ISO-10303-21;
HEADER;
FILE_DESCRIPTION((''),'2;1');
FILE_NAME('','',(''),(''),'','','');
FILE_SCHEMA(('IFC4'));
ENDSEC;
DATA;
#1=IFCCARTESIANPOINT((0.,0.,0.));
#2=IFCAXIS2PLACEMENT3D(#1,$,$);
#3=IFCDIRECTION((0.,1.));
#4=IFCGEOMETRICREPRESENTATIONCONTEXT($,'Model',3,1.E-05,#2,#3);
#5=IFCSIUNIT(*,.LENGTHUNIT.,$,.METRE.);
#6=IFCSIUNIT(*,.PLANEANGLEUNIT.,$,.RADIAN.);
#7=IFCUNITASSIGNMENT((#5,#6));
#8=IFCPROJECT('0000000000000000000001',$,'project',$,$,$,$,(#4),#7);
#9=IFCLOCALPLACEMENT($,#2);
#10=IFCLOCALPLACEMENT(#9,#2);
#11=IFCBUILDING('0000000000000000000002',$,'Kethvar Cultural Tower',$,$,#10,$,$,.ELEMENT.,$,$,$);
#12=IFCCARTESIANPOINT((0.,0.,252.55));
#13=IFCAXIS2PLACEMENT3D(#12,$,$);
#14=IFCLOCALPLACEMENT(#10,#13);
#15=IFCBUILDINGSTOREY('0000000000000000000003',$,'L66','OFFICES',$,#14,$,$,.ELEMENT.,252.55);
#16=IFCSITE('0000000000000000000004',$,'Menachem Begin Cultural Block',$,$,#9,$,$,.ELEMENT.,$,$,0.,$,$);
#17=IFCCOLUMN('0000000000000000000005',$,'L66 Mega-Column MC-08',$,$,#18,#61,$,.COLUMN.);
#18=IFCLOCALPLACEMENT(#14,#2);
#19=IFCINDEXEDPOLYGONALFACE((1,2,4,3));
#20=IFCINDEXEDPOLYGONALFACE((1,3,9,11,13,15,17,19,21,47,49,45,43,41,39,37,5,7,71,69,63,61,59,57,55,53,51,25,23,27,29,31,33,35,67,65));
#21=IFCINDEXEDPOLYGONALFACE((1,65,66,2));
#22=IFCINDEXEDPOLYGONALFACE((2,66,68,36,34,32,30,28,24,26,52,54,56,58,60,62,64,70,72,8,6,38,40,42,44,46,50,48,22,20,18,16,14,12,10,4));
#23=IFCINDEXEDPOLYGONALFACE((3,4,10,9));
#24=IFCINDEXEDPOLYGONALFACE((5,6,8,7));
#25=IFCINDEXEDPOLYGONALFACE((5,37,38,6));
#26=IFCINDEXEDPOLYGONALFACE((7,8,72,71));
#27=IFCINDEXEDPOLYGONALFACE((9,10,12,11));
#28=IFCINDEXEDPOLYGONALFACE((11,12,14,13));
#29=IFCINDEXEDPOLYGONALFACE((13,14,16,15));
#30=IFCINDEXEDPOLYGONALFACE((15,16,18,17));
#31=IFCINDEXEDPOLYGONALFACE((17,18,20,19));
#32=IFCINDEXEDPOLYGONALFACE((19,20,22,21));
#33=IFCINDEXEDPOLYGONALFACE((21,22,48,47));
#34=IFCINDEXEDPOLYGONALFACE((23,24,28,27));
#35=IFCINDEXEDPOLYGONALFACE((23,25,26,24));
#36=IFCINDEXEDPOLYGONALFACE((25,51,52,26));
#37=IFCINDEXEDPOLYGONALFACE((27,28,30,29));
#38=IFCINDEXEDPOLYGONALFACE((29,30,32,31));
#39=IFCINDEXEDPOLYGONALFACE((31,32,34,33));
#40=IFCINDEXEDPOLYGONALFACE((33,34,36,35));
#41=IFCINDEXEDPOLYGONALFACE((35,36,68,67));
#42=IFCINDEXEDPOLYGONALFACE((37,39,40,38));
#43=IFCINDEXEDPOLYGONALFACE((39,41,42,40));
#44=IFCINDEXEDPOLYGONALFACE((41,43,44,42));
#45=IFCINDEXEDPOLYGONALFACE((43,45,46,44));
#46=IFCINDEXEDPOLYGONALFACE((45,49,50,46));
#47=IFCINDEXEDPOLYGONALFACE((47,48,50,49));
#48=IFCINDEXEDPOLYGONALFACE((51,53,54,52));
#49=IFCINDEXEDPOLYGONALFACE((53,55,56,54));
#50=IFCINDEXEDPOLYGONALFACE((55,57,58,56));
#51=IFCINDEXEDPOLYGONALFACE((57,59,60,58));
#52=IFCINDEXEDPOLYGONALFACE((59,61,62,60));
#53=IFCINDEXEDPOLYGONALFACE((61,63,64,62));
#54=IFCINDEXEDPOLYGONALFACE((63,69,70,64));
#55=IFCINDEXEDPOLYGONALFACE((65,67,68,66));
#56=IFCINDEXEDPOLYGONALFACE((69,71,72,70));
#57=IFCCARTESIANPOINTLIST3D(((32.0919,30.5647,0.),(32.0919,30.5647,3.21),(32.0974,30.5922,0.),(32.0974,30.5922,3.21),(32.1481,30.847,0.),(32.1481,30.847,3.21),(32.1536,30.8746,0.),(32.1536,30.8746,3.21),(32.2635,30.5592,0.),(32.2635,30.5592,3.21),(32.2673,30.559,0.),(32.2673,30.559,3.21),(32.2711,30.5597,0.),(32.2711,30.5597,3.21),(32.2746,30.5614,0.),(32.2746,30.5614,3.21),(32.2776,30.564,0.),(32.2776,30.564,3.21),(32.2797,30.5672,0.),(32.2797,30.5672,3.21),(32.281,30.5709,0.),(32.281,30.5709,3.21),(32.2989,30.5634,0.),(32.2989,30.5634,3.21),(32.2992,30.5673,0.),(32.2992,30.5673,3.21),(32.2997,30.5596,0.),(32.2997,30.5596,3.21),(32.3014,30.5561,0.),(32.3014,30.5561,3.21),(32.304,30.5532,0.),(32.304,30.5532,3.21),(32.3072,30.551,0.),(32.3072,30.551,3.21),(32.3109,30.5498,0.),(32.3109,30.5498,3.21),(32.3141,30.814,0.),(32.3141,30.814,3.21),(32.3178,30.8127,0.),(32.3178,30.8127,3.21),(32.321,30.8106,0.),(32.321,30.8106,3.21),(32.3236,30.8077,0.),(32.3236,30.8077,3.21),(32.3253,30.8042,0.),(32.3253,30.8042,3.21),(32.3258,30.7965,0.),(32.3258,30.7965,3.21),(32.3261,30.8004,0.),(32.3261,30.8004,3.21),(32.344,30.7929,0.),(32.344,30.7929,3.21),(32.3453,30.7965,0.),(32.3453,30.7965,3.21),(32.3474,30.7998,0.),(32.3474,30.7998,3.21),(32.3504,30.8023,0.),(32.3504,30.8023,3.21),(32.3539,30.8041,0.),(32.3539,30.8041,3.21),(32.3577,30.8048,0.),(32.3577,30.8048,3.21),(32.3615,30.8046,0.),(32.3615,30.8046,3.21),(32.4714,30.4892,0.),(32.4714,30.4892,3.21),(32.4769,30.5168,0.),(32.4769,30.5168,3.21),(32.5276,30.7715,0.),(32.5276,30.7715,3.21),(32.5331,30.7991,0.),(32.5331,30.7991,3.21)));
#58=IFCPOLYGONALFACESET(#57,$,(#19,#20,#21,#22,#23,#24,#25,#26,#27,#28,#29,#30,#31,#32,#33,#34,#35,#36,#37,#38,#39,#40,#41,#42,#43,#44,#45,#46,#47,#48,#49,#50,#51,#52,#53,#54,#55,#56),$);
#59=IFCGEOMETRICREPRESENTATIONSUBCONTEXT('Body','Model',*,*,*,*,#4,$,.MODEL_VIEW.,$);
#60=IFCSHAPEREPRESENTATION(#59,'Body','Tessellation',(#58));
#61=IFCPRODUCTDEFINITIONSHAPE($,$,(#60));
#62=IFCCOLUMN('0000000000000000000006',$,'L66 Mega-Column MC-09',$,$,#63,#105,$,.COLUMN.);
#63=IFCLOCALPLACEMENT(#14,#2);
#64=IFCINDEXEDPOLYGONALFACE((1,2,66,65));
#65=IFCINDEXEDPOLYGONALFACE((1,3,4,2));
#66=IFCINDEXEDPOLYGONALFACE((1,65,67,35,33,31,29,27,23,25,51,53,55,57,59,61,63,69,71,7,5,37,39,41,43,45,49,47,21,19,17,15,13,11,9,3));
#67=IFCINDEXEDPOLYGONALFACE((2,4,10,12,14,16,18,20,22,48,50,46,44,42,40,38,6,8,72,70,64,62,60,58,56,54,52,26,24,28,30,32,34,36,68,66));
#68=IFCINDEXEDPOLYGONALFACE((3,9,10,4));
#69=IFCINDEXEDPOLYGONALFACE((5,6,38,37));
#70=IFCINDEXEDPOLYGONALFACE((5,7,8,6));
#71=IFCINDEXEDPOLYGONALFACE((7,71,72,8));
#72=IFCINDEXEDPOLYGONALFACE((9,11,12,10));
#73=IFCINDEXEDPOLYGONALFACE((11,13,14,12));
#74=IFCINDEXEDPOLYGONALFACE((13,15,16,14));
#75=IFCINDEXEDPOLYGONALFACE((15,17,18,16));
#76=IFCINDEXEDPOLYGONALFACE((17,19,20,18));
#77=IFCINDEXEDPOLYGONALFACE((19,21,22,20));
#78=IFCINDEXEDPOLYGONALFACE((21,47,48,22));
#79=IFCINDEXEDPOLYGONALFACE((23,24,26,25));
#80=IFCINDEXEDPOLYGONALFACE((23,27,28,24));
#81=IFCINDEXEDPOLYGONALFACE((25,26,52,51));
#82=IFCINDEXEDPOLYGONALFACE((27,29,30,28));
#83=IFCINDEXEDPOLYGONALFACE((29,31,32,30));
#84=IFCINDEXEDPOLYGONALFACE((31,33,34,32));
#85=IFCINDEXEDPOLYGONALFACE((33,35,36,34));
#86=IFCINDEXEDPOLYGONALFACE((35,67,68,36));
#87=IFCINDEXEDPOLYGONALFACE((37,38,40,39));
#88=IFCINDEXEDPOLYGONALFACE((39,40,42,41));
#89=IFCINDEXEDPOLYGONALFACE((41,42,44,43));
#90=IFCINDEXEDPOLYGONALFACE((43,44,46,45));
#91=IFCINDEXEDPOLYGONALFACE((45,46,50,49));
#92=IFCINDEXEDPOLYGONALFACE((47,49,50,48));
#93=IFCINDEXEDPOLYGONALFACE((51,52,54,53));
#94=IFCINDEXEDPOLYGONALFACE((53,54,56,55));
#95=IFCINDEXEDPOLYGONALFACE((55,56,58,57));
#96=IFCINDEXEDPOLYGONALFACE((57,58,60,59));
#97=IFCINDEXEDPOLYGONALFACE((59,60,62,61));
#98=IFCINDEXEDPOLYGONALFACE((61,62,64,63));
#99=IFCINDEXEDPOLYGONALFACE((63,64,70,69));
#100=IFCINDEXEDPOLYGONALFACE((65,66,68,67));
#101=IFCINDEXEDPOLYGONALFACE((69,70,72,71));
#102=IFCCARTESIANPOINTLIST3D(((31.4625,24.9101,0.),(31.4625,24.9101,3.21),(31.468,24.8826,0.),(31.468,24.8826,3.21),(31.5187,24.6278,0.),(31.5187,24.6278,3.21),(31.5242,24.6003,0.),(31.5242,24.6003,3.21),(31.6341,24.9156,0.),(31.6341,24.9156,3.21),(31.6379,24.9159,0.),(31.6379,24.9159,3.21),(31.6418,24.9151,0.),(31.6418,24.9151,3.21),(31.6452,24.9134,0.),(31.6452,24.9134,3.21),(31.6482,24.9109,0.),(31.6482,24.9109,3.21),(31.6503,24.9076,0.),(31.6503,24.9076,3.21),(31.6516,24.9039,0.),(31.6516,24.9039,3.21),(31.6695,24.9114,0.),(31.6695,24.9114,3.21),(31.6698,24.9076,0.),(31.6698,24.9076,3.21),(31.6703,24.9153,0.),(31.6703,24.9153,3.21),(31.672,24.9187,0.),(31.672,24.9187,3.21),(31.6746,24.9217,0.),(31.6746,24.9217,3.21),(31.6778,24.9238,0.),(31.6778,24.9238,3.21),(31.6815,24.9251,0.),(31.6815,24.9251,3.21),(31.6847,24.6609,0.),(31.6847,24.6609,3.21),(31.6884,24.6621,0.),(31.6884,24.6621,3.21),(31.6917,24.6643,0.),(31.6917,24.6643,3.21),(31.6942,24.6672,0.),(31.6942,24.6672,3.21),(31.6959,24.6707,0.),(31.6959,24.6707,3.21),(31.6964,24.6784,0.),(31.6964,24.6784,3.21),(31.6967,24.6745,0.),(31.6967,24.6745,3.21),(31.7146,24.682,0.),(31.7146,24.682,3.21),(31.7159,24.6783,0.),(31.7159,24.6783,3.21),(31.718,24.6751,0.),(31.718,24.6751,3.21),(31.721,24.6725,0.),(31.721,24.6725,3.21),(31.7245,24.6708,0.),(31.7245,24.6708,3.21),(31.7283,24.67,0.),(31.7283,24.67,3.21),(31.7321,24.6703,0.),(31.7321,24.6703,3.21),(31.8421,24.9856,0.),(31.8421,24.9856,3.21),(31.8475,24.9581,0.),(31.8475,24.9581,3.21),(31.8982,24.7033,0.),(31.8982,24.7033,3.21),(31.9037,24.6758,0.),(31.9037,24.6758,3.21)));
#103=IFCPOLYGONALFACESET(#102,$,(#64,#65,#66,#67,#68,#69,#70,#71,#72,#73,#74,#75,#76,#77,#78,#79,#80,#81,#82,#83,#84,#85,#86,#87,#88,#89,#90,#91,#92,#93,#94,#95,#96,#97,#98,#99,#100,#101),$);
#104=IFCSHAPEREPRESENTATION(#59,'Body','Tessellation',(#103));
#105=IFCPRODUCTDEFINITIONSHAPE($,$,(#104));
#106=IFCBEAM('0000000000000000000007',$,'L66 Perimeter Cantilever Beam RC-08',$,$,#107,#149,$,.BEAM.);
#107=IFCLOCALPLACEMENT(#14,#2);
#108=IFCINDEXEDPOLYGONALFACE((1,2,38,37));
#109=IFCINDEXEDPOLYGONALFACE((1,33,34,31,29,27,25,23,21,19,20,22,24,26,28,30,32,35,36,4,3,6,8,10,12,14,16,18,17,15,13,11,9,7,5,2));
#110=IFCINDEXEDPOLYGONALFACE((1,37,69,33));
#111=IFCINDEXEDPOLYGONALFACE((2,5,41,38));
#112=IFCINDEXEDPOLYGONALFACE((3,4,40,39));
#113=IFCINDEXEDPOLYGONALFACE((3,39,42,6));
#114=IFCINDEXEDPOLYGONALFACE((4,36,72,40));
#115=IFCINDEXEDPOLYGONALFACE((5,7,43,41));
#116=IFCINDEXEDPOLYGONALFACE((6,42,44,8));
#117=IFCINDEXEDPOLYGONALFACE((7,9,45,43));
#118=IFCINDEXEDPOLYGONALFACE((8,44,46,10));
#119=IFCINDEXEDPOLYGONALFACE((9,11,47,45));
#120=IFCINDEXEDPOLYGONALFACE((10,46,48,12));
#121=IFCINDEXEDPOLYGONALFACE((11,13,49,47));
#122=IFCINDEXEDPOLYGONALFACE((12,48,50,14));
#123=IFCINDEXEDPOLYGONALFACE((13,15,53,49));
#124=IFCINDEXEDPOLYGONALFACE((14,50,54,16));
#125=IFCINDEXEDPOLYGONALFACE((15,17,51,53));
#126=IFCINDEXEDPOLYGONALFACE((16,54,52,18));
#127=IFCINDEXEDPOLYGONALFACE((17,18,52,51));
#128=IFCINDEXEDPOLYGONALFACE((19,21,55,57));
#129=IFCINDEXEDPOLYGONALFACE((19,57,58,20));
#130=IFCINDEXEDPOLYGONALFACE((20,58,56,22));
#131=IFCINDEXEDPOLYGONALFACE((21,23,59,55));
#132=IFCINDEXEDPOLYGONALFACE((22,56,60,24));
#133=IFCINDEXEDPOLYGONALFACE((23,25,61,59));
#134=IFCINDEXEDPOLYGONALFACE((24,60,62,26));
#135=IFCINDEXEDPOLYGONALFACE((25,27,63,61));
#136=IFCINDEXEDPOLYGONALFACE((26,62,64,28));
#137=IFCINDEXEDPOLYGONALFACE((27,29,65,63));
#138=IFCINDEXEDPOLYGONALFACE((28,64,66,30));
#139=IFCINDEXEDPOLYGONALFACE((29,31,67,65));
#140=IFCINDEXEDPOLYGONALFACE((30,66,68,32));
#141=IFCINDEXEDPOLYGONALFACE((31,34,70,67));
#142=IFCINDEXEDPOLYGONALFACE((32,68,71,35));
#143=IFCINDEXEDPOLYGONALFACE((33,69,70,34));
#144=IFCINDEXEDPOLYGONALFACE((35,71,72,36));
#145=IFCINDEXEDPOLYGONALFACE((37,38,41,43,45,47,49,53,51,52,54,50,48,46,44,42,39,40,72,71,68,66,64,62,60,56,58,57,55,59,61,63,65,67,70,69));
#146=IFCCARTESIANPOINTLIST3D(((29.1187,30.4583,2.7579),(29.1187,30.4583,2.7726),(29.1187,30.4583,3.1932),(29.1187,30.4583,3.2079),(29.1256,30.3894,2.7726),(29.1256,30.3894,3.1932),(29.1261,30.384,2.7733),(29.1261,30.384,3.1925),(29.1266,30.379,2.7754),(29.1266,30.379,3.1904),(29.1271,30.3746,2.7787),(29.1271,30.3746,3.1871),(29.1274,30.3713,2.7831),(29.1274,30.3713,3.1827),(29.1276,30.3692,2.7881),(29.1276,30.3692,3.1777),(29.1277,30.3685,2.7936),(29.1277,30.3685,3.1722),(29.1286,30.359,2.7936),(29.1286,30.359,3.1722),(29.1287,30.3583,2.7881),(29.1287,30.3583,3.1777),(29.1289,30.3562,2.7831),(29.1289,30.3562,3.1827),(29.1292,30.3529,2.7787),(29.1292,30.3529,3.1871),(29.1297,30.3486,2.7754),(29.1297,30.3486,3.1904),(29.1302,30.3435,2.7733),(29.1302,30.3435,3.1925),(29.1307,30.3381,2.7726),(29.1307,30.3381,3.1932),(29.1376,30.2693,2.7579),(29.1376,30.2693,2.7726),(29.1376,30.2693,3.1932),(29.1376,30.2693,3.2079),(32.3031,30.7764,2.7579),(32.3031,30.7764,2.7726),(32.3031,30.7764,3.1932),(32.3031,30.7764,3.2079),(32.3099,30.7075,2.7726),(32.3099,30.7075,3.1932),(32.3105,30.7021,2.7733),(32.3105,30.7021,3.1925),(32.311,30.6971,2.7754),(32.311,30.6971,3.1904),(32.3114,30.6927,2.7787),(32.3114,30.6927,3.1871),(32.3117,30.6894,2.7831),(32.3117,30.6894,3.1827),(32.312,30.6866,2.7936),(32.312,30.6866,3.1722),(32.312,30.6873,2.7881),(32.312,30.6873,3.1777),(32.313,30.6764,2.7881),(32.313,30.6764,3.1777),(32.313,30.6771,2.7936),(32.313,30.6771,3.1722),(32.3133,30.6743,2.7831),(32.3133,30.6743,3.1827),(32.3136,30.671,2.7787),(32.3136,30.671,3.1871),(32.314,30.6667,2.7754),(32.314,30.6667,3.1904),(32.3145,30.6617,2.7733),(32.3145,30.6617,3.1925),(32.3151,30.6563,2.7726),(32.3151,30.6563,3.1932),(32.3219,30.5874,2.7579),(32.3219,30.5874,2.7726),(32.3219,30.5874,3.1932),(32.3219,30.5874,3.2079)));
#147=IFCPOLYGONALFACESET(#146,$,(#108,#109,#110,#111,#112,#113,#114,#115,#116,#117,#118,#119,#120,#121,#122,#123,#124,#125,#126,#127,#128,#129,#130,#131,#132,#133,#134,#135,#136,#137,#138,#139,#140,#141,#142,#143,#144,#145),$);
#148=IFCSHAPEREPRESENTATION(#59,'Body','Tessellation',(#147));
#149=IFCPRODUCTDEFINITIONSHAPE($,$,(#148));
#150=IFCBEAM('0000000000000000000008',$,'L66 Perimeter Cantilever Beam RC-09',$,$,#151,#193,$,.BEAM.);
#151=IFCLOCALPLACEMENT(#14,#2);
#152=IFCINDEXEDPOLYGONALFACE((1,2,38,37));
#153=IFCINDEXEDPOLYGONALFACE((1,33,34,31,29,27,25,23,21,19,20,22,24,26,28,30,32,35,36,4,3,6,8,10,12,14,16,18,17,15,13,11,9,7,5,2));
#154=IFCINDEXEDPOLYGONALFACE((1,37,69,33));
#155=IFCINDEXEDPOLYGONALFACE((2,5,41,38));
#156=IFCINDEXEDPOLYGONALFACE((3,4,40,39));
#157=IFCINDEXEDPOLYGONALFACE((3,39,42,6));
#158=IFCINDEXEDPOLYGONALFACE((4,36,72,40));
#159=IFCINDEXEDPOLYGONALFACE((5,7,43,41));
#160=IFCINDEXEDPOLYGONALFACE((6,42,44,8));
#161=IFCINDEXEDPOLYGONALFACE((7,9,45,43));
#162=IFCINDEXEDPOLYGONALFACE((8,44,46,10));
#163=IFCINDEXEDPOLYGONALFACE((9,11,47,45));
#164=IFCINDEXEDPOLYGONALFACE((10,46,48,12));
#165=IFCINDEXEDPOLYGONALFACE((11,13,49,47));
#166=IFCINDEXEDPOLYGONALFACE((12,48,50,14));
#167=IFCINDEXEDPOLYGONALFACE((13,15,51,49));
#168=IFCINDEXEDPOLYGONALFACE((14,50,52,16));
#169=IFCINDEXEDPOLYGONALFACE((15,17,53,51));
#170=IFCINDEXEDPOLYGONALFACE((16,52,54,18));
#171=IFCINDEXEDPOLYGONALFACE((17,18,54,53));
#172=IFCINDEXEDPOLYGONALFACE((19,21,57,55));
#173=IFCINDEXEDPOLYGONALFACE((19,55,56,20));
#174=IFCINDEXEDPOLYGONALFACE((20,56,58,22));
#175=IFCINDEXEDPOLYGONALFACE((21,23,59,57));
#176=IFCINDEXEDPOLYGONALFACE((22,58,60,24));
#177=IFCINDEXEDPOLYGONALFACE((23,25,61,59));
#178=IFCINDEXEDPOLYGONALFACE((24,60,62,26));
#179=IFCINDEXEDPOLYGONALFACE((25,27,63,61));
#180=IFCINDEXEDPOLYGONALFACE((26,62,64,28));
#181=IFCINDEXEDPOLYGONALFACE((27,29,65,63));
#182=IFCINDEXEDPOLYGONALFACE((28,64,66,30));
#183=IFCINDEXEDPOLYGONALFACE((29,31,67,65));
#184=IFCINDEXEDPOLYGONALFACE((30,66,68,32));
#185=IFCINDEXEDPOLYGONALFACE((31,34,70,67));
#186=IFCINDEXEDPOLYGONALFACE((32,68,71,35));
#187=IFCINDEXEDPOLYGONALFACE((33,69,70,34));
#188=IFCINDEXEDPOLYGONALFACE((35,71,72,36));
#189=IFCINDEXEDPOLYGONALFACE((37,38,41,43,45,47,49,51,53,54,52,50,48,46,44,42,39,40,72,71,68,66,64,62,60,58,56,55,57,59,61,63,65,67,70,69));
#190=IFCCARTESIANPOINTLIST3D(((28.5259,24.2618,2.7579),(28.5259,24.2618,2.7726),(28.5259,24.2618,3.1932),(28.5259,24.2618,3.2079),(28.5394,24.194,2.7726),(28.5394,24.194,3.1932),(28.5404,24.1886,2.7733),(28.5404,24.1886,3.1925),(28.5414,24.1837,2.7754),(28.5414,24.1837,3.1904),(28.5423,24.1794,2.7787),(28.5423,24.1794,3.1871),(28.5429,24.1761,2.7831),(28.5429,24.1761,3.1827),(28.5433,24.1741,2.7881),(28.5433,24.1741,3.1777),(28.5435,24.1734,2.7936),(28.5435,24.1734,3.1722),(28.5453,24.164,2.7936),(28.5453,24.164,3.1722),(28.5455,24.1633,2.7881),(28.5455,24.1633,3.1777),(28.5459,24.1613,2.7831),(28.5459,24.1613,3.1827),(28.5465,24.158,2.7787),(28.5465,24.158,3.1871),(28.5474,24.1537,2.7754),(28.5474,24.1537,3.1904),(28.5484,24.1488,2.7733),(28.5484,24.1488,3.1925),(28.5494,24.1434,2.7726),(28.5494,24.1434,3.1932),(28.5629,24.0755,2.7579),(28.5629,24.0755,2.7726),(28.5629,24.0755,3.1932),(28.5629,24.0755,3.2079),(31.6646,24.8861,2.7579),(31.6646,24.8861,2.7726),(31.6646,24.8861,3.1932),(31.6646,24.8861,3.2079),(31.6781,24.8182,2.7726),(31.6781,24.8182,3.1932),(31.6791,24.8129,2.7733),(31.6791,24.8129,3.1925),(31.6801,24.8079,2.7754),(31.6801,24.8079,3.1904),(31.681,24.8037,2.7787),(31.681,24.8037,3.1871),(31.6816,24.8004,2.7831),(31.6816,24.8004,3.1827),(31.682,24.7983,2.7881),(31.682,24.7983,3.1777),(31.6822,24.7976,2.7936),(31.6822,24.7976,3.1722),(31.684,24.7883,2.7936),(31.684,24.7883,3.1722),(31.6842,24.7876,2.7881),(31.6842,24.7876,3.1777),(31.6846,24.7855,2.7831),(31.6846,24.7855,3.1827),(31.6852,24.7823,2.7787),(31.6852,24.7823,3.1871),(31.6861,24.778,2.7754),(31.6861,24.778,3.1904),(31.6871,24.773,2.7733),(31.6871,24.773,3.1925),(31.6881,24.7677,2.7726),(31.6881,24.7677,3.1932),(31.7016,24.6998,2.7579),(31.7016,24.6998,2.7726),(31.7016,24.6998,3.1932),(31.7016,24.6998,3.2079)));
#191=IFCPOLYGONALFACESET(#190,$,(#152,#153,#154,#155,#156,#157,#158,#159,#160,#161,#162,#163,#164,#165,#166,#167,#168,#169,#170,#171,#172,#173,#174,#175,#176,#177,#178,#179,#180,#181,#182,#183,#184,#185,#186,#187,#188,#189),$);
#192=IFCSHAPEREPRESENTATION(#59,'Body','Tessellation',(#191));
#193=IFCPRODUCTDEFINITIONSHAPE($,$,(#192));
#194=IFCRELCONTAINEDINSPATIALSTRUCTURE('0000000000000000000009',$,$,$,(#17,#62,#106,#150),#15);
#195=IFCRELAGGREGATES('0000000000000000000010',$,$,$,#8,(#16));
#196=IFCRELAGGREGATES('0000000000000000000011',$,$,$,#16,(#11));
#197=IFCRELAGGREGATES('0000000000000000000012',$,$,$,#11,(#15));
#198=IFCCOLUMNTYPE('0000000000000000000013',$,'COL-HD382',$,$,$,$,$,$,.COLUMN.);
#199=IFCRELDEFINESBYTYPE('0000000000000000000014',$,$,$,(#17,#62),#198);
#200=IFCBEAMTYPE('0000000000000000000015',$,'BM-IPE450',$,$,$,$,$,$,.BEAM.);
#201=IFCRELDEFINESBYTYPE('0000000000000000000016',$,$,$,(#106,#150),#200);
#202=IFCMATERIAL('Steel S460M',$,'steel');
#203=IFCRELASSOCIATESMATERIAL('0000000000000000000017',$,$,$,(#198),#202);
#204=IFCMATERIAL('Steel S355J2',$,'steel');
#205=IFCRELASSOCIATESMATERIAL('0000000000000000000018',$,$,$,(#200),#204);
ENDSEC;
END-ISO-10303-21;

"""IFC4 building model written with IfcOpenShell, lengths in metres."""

from ifc_helpers import new_model, si_unit, direction, frame, origin, origin_2d, place, context, subcontext, project, spatial, i_section, extrude, source, transform, mapped, material, material_profile, profile_set, type_object, element, save


model = new_model("IFC4")

# Units and contexts
model_context = context("Model", 3, precision=1e-05, world=origin(), true_north=direction((0.0, 1.0)))
body_context = subcontext(model_context, "Body", "Model", "MODEL_VIEW")
ifc_project = project(units=[si_unit("LENGTHUNIT", "METRE"), si_unit("PLANEANGLEUNIT", "RADIAN")], contexts=[model_context])

# Site, building, storey
site_placement = place(None, origin())
site = spatial("IfcSite", under=ifc_project, at=site_placement, Name="Menachem Begin Cultural Block", CompositionType="ELEMENT", RefElevation=0.0)
building_placement = place(site_placement, origin())
building = spatial("IfcBuilding", under=site, at=building_placement, Name="Kethvar Cultural Tower", CompositionType="ELEMENT")
storey_placement = place(building_placement, frame((0.0, 0.0, 252.55)))
storey = spatial("IfcBuildingStorey", under=building, at=storey_placement, Name="L66", Description="OFFICES", CompositionType="ELEMENT", Elevation=252.55)

# Columns
ifc_material_1 = material(Name="Steel S460M", Category="steel")
ifc_material_profile_1 = material_profile(ifc_material_1, i_section(OverallWidth=0.387, OverallDepth=0.3159, WebThickness=0.0186, FlangeThickness=0.0281, FilletRadius=0.0149, at=origin_2d()), Name="Steel S460M — HD400x382")
ifc_profile_set_1 = profile_set([ifc_material_profile_1], Name="Steel S460M — HD400x382")
column_type = type_object("IfcColumnType", Name="COL-HD382", PredefinedType="COLUMN", material=ifc_profile_set_1)
shared_shape_1 = source(origin(), body_context, "Body", "SweptSolid", [
    extrude(i_section(OverallWidth=0.387, OverallDepth=0.3159, WebThickness=0.0186, FlangeThickness=0.0281, FilletRadius=0.0149, at=origin_2d()), origin(), (0.0, 0.0, 1.0), 3.21),
])
for number, where, z_axis, x_axis, name in (
    (1, (32.3125, 30.6819, 0.0), (0.0, 0.0, 1.0), (-0.980785, 0.19509, 0.0), "L66 Mega-Column MC-08"),
    (2, (31.6831, 24.793, 0.0), (0.0, 0.0, 1.0), (-0.980785, -0.19509, 0.0), "L66 Mega-Column MC-09"),
):
    element("IfcColumn", number, at=place(storey_placement, frame(where, z_axis=z_axis, x_axis=x_axis)), inside=storey, type_object=column_type, Name=name, PredefinedType="COLUMN", context=body_context, shape_type="MappedRepresentation", body=[
        mapped(shared_shape_1, transform((0.0, 0.0, 0.0), scale=1.0)),
    ])

# Beams
ifc_material_2 = material(Name="Steel S355J2", Category="steel")
ifc_material_profile_2 = material_profile(ifc_material_2, i_section(OverallWidth=0.1899, OverallDepth=0.45, WebThickness=0.0095, FlangeThickness=0.0146, FilletRadius=0.021, at=origin_2d()), Name="Steel S355J2 — IPE450")
ifc_profile_set_2 = profile_set([ifc_material_profile_2], Name="Steel S355J2 — IPE450")
beam_type_1 = type_object("IfcBeamType", Name="BM-IPE450", PredefinedType="BEAM", material=ifc_profile_set_2)
shared_shape_2 = source(origin(), body_context, "Body", "SweptSolid", [
    extrude(i_section(OverallWidth=0.1899, OverallDepth=0.45, WebThickness=0.0095, FlangeThickness=0.0146, FilletRadius=0.021, at=origin_2d()), origin(), (0.0, 0.0, 1.0), 3.2002),
])
for number, where, z_axis, x_axis, name in (
    (3, (32.3125, 30.6819, 2.9829), (-0.995047, -0.099406, 0.0), (0.099406, -0.995047, 0.0), "L66 Perimeter Cantilever Beam RC-08"),
    (4, (31.6831, 24.793, 2.9829), (-0.980788, -0.195074, 0.0), (0.195074, -0.980788, 0.0), "L66 Perimeter Cantilever Beam RC-09"),
):
    element("IfcBeam", number, at=place(storey_placement, frame(where, z_axis=z_axis, x_axis=x_axis)), inside=storey, type_object=beam_type_1, Name=name, PredefinedType="BEAM", context=body_context, shape_type="MappedRepresentation", body=[
        mapped(shared_shape_2, transform((0.0, 0.0, 0.0), scale=1.0)),
    ])

save(model, "model.ifc")
